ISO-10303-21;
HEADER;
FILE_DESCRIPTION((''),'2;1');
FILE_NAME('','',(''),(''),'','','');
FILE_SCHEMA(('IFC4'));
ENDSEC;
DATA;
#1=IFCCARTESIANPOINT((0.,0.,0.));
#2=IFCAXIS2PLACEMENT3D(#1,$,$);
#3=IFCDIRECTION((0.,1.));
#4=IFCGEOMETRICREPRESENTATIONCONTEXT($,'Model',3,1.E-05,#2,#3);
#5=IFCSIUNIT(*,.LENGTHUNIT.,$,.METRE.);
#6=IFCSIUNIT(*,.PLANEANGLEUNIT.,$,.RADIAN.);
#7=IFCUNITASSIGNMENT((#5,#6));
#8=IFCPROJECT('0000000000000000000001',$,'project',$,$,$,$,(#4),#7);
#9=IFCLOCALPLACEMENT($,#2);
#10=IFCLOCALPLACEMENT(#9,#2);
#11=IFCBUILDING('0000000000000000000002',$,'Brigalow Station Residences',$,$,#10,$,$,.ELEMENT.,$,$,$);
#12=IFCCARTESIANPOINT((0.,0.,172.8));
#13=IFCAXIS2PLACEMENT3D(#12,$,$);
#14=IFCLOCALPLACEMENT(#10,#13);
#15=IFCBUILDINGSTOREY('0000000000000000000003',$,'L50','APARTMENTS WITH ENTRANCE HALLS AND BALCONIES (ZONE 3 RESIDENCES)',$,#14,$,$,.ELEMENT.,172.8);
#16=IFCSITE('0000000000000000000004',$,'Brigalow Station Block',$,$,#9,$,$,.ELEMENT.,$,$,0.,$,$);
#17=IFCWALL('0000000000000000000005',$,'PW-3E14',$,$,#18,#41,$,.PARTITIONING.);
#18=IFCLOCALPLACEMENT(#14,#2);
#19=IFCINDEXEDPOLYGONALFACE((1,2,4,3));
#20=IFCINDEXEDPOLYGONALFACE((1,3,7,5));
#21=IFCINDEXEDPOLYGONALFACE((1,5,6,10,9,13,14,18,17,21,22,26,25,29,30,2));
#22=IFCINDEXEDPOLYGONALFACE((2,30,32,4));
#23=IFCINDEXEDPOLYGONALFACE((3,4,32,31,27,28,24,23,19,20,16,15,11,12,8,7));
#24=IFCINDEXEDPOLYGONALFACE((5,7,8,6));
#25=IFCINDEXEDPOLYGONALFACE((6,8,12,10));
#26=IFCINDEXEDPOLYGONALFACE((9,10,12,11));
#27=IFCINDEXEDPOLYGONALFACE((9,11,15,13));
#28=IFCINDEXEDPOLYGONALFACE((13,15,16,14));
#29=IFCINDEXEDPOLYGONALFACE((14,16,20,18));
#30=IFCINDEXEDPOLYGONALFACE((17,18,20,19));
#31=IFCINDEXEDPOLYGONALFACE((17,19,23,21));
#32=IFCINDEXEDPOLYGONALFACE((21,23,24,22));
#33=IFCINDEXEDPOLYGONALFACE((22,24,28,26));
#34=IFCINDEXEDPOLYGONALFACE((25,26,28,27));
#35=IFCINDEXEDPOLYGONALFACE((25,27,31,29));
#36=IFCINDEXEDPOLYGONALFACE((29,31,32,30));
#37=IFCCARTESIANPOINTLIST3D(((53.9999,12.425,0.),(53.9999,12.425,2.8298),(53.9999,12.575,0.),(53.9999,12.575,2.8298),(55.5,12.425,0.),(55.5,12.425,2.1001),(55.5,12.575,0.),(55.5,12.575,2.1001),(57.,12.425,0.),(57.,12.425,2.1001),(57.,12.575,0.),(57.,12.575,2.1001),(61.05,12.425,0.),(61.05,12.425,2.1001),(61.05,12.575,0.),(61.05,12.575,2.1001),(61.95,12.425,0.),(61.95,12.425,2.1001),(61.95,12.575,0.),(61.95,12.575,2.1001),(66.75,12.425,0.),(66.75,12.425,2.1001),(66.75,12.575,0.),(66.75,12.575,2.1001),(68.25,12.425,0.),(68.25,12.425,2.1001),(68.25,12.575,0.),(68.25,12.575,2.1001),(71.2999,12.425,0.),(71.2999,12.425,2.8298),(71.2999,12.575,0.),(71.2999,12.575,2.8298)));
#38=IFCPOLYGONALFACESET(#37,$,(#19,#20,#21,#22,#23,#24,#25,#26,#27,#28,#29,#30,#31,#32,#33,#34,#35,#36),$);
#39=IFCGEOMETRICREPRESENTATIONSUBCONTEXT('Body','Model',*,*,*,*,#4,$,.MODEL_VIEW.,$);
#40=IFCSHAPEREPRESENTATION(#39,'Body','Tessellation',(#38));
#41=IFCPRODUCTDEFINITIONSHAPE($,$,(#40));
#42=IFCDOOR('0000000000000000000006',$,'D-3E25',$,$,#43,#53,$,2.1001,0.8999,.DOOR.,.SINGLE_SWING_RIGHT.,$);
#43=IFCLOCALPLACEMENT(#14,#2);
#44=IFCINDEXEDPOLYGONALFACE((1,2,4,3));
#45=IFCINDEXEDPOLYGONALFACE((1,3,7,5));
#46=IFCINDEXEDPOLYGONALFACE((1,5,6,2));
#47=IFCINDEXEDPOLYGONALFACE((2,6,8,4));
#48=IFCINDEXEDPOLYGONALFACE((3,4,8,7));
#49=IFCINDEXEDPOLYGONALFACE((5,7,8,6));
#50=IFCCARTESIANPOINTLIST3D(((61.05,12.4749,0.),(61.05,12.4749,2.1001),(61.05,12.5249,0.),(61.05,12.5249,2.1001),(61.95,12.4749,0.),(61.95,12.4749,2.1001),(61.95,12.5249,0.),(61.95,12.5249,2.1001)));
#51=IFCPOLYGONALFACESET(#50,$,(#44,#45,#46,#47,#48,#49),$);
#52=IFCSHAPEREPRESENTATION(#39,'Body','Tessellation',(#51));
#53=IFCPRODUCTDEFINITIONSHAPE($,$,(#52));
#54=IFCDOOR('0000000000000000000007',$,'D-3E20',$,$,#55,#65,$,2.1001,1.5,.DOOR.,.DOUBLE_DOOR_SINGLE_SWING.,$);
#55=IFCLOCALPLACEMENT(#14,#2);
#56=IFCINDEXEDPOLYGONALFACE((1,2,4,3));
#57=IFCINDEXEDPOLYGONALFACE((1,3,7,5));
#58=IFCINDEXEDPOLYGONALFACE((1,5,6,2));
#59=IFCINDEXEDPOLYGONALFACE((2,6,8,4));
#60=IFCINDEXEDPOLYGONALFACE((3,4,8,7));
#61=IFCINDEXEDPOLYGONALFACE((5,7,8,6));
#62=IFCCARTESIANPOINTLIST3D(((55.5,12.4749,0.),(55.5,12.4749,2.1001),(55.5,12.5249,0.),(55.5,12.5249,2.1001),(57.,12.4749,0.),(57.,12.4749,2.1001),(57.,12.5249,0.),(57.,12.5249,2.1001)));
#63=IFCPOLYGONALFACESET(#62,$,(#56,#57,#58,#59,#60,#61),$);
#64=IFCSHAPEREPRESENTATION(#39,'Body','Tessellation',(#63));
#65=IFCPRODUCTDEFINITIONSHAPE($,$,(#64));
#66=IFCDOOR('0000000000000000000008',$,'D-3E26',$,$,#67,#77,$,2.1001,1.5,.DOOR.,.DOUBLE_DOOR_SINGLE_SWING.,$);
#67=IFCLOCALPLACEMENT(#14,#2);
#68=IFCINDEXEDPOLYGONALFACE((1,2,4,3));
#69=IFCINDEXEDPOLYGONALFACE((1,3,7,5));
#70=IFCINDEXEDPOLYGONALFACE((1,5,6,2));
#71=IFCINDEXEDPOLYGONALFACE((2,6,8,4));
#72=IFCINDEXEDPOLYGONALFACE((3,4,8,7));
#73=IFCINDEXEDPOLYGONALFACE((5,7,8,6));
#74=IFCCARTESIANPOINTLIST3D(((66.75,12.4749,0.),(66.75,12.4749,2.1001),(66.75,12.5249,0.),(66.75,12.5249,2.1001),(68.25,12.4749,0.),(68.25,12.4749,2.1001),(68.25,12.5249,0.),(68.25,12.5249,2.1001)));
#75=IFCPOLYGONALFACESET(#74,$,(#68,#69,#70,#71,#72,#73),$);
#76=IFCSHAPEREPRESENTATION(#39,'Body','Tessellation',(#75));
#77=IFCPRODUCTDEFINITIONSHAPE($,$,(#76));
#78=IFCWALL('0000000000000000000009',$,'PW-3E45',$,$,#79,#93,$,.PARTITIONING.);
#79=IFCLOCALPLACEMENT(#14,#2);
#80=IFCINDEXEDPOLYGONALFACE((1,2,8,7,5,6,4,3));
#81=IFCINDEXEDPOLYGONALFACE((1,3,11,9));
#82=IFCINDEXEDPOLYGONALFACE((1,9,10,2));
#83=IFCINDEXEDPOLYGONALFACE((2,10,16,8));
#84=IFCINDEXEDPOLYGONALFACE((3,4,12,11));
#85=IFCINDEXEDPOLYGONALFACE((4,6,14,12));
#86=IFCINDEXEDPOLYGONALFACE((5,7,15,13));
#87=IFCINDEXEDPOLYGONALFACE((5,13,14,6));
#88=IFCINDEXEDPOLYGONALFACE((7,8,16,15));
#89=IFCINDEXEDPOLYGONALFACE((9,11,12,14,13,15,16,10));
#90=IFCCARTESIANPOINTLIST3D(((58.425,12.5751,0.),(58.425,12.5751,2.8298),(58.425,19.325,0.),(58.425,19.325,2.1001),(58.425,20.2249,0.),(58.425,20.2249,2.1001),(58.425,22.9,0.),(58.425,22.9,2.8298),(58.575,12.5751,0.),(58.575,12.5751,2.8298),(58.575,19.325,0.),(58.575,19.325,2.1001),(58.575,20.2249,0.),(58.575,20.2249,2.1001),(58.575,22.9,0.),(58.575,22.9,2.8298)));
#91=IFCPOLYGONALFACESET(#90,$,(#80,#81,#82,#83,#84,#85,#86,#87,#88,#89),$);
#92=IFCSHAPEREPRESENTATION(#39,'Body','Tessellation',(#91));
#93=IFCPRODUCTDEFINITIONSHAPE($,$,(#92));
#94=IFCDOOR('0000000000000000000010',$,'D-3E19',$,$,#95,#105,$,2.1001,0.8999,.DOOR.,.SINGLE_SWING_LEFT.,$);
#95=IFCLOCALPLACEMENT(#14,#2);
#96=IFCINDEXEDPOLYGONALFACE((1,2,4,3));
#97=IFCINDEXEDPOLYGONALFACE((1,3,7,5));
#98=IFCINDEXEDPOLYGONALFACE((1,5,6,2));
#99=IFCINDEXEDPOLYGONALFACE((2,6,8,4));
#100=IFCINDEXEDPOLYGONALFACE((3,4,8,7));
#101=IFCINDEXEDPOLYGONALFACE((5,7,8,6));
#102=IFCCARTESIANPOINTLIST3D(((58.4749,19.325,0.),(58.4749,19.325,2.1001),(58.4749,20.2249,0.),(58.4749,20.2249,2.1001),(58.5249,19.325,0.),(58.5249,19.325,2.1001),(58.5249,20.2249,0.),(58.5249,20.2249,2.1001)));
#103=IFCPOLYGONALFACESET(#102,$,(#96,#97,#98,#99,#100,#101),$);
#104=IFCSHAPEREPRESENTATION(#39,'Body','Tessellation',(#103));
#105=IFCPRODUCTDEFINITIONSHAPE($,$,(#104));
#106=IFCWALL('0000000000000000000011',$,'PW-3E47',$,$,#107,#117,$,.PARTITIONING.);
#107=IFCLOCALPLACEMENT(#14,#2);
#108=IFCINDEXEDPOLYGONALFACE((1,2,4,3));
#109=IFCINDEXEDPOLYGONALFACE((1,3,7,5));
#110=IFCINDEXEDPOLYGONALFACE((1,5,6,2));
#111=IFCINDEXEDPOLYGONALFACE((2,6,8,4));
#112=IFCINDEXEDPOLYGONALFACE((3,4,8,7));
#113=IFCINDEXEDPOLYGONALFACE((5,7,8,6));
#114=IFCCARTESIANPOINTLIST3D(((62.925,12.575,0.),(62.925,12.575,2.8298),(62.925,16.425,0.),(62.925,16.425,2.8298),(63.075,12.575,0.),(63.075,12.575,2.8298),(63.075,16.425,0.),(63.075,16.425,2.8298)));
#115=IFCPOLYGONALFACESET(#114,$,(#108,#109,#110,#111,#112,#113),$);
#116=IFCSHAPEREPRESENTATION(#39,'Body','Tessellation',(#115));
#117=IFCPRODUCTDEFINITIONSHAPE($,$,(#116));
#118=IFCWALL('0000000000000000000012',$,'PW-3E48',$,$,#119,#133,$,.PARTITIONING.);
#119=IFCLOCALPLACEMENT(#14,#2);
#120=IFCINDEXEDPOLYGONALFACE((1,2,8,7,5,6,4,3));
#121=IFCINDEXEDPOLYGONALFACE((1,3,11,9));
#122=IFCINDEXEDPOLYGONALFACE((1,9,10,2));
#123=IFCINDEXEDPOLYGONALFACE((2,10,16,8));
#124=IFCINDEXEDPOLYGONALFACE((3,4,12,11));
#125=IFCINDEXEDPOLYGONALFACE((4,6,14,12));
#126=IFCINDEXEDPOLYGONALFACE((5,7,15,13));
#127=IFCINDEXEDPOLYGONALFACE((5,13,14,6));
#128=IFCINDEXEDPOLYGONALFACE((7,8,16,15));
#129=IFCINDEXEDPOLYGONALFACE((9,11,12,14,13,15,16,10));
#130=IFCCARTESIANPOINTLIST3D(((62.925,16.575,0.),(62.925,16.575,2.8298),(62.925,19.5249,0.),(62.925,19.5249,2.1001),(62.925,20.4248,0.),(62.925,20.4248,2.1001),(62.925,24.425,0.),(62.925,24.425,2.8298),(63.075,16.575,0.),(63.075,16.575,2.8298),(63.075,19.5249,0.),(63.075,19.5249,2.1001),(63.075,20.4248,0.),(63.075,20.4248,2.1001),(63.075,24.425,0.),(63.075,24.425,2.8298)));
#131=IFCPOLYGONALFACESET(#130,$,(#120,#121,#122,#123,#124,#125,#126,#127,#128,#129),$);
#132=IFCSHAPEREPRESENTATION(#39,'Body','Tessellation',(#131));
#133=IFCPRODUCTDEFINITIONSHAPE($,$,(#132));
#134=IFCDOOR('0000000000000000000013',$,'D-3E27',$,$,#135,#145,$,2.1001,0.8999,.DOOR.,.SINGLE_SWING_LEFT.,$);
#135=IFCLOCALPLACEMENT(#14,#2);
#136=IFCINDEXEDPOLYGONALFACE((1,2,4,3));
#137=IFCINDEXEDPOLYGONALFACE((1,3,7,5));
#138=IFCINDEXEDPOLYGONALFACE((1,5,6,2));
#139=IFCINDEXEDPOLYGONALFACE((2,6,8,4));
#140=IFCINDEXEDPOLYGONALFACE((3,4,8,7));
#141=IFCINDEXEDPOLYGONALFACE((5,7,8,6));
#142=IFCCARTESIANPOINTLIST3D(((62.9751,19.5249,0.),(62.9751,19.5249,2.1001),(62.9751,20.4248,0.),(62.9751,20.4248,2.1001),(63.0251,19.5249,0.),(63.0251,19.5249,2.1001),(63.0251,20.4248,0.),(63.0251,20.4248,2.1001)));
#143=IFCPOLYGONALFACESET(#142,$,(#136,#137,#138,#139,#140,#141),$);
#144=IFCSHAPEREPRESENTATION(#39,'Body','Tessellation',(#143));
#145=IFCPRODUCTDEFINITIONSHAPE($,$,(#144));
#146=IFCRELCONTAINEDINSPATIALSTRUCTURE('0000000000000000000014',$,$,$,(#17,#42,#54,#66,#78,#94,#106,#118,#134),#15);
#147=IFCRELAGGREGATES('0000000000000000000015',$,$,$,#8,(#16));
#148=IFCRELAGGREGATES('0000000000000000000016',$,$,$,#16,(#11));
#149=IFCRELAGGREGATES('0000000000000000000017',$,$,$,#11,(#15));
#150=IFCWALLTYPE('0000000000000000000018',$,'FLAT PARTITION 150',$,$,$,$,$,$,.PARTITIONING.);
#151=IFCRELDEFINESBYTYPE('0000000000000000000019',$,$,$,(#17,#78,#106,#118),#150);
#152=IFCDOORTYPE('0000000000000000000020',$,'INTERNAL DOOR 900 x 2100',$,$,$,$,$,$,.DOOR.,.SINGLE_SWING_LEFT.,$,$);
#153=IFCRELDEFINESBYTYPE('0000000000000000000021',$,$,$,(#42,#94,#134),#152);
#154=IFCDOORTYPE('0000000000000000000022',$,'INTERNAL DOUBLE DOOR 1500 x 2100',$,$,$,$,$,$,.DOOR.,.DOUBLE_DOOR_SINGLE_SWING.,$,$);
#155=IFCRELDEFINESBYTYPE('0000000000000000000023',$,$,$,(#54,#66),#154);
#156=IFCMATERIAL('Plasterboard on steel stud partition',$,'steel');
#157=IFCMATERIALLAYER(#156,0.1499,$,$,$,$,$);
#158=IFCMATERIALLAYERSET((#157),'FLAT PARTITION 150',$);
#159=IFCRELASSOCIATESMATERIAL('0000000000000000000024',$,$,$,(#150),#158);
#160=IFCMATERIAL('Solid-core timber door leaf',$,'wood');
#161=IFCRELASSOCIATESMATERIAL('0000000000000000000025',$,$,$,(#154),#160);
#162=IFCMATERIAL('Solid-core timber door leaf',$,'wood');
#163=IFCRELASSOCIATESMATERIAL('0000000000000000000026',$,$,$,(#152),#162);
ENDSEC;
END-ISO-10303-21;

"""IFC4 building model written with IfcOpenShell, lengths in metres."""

from ifc_helpers import new_model, si_unit, direction, frame, frame_2d, origin, place, context, subcontext, project, spatial, rectangle, extrude, material, layer, layer_set, type_object, element, fill, save


model = new_model("IFC4")

# Units and contexts
model_context = context("Model", 3, precision=1e-05, world=origin(), true_north=direction((0.0, 1.0)))
body_context = subcontext(model_context, "Body", "Model", "MODEL_VIEW")
ifc_project = project(units=[si_unit("LENGTHUNIT", "METRE"), si_unit("PLANEANGLEUNIT", "RADIAN")], contexts=[model_context])

# Site, building, storey
site_placement = place(None, origin())
site = spatial("IfcSite", under=ifc_project, at=site_placement, Name="Brigalow Station Block", CompositionType="ELEMENT", RefElevation=0.0)
building_placement = place(site_placement, origin())
building = spatial("IfcBuilding", under=site, at=building_placement, Name="Brigalow Station Residences", CompositionType="ELEMENT")
storey_placement = place(building_placement, frame((0.0, 0.0, 172.8)))
storey = spatial("IfcBuildingStorey", under=building, at=storey_placement, Name="L50", Description="APARTMENTS WITH ENTRANCE HALLS AND BALCONIES (ZONE 3 RESIDENCES)", CompositionType="ELEMENT", Elevation=172.8)

# Shared definitions
ifc_material_1 = material(Name="Plasterboard on steel stud partition", Category="steel")
ifc_layer_1 = layer(ifc_material_1, 0.1499)
ifc_layer_set_1 = layer_set([ifc_layer_1], Name="FLAT PARTITION 150")
wall_type_1 = type_object("IfcWallType", Name="FLAT PARTITION 150", PredefinedType="PARTITIONING", material=ifc_layer_set_1)
ifc_material_2 = material(Name="Solid-core timber door leaf", Category="wood")
door_type_1 = type_object("IfcDoorType", Name="INTERNAL DOUBLE DOOR 1500 x 2100", OperationType="DOUBLE_DOOR_SINGLE_SWING", PredefinedType="DOOR", material=ifc_material_2)

# Wall, openings, doors
wall_1_placement = place(storey_placement, frame((54.0, 12.5, 0.0), z_axis=(0.0, 0.0, 1.0), x_axis=(1.0, 0.0, 0.0)))
wall_1 = element("IfcWall", 1, at=wall_1_placement, inside=storey, type_object=wall_type_1, Name="PW-3E14", PredefinedType="PARTITIONING", context=body_context, shape_type="SweptSolid", body=[
    extrude(rectangle(XDim=17.3, YDim=0.1499, at=frame_2d((8.6499, 0.0))), origin(), (0.0, 0.0, 1.0), 2.8298),
])
opening_1_placement = place(wall_1_placement, frame((1.5, 0.0, 0.0)))
opening_1 = element("IfcOpeningElement", 2, at=opening_1_placement, cuts=wall_1, PredefinedType="OPENING", context=body_context, shape_type="SweptSolid", body=[
    extrude(rectangle(XDim=1.5, YDim=2.1001, at=frame_2d((0.75, 1.05))), frame((0.0, 0.085, 0.0), z_axis=(0.0, -1.0, 0.0), x_axis=(1.0, 0.0, 0.0)), (0.0, 0.0, 1.0), 0.1699),
])
opening_2_placement = place(wall_1_placement, frame((7.05, 0.0, 0.0)))
opening_2 = element("IfcOpeningElement", 3, at=opening_2_placement, cuts=wall_1, PredefinedType="OPENING", context=body_context, shape_type="SweptSolid", body=[
    extrude(rectangle(XDim=0.8999, YDim=2.1001, at=frame_2d((0.45, 1.05))), frame((0.0, 0.085, 0.0), z_axis=(0.0, -1.0, 0.0), x_axis=(1.0, 0.0, 0.0)), (0.0, 0.0, 1.0), 0.1699),
])
opening_3_placement = place(wall_1_placement, frame((12.75, 0.0, 0.0)))
opening_3 = element("IfcOpeningElement", 4, at=opening_3_placement, cuts=wall_1, PredefinedType="OPENING", context=body_context, shape_type="SweptSolid", body=[
    extrude(rectangle(XDim=1.5, YDim=2.1001, at=frame_2d((0.75, 1.05))), frame((0.0, 0.085, 0.0), z_axis=(0.0, -1.0, 0.0), x_axis=(1.0, 0.0, 0.0)), (0.0, 0.0, 1.0), 0.1699),
])
ifc_material_3 = material(Name="Solid-core timber door leaf", Category="wood")
door_type_2 = type_object("IfcDoorType", Name="INTERNAL DOOR 900 x 2100", OperationType="SINGLE_SWING_LEFT", PredefinedType="DOOR", material=ifc_material_3)
door_1_placement = place(opening_2_placement, origin())
door_1 = element("IfcDoor", 5, at=door_1_placement, inside=storey, type_object=door_type_2, Name="D-3E25", OperationType="SINGLE_SWING_RIGHT", OverallHeight=2.1001, OverallWidth=0.8999, PredefinedType="DOOR", context=body_context, shape_type="SweptSolid", body=[
    extrude(rectangle(XDim=0.8999, YDim=2.1001, at=frame_2d((0.45, 1.05))), frame((0.0, 0.0249, 0.0), z_axis=(0.0, -1.0, 0.0), x_axis=(1.0, 0.0, 0.0)), (0.0, 0.0, 1.0), 0.05),
])
fill(opening_2, door_1)
door_2_placement = place(opening_1_placement, origin())
door_2 = element("IfcDoor", 6, at=door_2_placement, inside=storey, type_object=door_type_1, Name="D-3E20", OperationType="DOUBLE_DOOR_SINGLE_SWING", OverallHeight=2.1001, OverallWidth=1.5, PredefinedType="DOOR", context=body_context, shape_type="SweptSolid", body=[
    extrude(rectangle(XDim=1.5, YDim=2.1001, at=frame_2d((0.75, 1.05))), frame((0.0, 0.0249, 0.0), z_axis=(0.0, -1.0, 0.0), x_axis=(1.0, 0.0, 0.0)), (0.0, 0.0, 1.0), 0.05),
])
fill(opening_1, door_2)
door_3_placement = place(opening_3_placement, origin())
door_3 = element("IfcDoor", 7, at=door_3_placement, inside=storey, type_object=door_type_1, Name="D-3E26", OperationType="DOUBLE_DOOR_SINGLE_SWING", OverallHeight=2.1001, OverallWidth=1.5, PredefinedType="DOOR", context=body_context, shape_type="SweptSolid", body=[
    extrude(rectangle(XDim=1.5, YDim=2.1001, at=frame_2d((0.75, 1.05))), frame((0.0, 0.0249, 0.0), z_axis=(0.0, -1.0, 0.0), x_axis=(1.0, 0.0, 0.0)), (0.0, 0.0, 1.0), 0.05),
])
fill(opening_3, door_3)

# Wall, opening, door
wall_2_placement = place(storey_placement, frame((58.5, 12.575, 0.0), z_axis=(0.0, 0.0, 1.0), x_axis=(0.0, 1.0, 0.0)))
wall_2 = element("IfcWall", 8, at=wall_2_placement, inside=storey, type_object=wall_type_1, Name="PW-3E45", PredefinedType="PARTITIONING", context=body_context, shape_type="SweptSolid", body=[
    extrude(rectangle(XDim=10.325, YDim=0.1499, at=frame_2d((5.1626, 0.0))), origin(), (0.0, 0.0, 1.0), 2.8298),
])
opening_4_placement = place(wall_2_placement, frame((6.75, 0.0, 0.0)))
opening_4 = element("IfcOpeningElement", 9, at=opening_4_placement, cuts=wall_2, PredefinedType="OPENING", context=body_context, shape_type="SweptSolid", body=[
    extrude(rectangle(XDim=0.8999, YDim=2.1001, at=frame_2d((0.45, 1.05))), frame((0.0, 0.085, 0.0), z_axis=(0.0, -1.0, 0.0), x_axis=(1.0, 0.0, 0.0)), (0.0, 0.0, 1.0), 0.1699),
])
door_4_placement = place(opening_4_placement, frame((0.8999, 0.0, 0.0), z_axis=(0.0, 0.0, 1.0), x_axis=(-1.0, 0.0, 0.0)))
door_4 = element("IfcDoor", 10, at=door_4_placement, inside=storey, type_object=door_type_2, Name="D-3E19", OperationType="SINGLE_SWING_LEFT", OverallHeight=2.1001, OverallWidth=0.8999, PredefinedType="DOOR", context=body_context, shape_type="SweptSolid", body=[
    extrude(rectangle(XDim=0.8999, YDim=2.1001, at=frame_2d((0.45, 1.05))), frame((0.0, 0.0249, 0.0), z_axis=(0.0, -1.0, 0.0), x_axis=(1.0, 0.0, 0.0)), (0.0, 0.0, 1.0), 0.05),
])
fill(opening_4, door_4)

# Wall
wall_3_placement = place(storey_placement, frame((63.0, 12.575, 0.0), z_axis=(0.0, 0.0, 1.0), x_axis=(0.0, 1.0, 0.0)))
element("IfcWall", 11, at=wall_3_placement, inside=storey, type_object=wall_type_1, Name="PW-3E47", PredefinedType="PARTITIONING", context=body_context, shape_type="SweptSolid", body=[
    extrude(rectangle(XDim=3.8501, YDim=0.1499, at=frame_2d((1.925, 0.0))), origin(), (0.0, 0.0, 1.0), 2.8298),
])

# Wall, opening, door
wall_4_placement = place(storey_placement, frame((63.0, 16.575, 0.0), z_axis=(0.0, 0.0, 1.0), x_axis=(0.0, 1.0, 0.0)))
wall_4 = element("IfcWall", 12, at=wall_4_placement, inside=storey, type_object=wall_type_1, Name="PW-3E48", PredefinedType="PARTITIONING", context=body_context, shape_type="SweptSolid", body=[
    extrude(rectangle(XDim=7.8501, YDim=0.1499, at=frame_2d((3.925, 0.0))), origin(), (0.0, 0.0, 1.0), 2.8298),
])
opening_5_placement = place(wall_4_placement, frame((2.95, 0.0, 0.0)))
opening_5 = element("IfcOpeningElement", 13, at=opening_5_placement, cuts=wall_4, PredefinedType="OPENING", context=body_context, shape_type="SweptSolid", body=[
    extrude(rectangle(XDim=0.8999, YDim=2.1001, at=frame_2d((0.45, 1.05))), frame((0.0, 0.085, 0.0), z_axis=(0.0, -1.0, 0.0), x_axis=(1.0, 0.0, 0.0)), (0.0, 0.0, 1.0), 0.1699),
])
door_5_placement = place(opening_5_placement, origin())
door_5 = element("IfcDoor", 14, at=door_5_placement, inside=storey, type_object=door_type_2, Name="D-3E27", OperationType="SINGLE_SWING_LEFT", OverallHeight=2.1001, OverallWidth=0.8999, PredefinedType="DOOR", context=body_context, shape_type="SweptSolid", body=[
    extrude(rectangle(XDim=0.8999, YDim=2.1001, at=frame_2d((0.45, 1.05))), frame((0.0, 0.0249, 0.0), z_axis=(0.0, -1.0, 0.0), x_axis=(1.0, 0.0, 0.0)), (0.0, 0.0, 1.0), 0.05),
])
fill(opening_5, door_5)

save(model, "model.ifc")
